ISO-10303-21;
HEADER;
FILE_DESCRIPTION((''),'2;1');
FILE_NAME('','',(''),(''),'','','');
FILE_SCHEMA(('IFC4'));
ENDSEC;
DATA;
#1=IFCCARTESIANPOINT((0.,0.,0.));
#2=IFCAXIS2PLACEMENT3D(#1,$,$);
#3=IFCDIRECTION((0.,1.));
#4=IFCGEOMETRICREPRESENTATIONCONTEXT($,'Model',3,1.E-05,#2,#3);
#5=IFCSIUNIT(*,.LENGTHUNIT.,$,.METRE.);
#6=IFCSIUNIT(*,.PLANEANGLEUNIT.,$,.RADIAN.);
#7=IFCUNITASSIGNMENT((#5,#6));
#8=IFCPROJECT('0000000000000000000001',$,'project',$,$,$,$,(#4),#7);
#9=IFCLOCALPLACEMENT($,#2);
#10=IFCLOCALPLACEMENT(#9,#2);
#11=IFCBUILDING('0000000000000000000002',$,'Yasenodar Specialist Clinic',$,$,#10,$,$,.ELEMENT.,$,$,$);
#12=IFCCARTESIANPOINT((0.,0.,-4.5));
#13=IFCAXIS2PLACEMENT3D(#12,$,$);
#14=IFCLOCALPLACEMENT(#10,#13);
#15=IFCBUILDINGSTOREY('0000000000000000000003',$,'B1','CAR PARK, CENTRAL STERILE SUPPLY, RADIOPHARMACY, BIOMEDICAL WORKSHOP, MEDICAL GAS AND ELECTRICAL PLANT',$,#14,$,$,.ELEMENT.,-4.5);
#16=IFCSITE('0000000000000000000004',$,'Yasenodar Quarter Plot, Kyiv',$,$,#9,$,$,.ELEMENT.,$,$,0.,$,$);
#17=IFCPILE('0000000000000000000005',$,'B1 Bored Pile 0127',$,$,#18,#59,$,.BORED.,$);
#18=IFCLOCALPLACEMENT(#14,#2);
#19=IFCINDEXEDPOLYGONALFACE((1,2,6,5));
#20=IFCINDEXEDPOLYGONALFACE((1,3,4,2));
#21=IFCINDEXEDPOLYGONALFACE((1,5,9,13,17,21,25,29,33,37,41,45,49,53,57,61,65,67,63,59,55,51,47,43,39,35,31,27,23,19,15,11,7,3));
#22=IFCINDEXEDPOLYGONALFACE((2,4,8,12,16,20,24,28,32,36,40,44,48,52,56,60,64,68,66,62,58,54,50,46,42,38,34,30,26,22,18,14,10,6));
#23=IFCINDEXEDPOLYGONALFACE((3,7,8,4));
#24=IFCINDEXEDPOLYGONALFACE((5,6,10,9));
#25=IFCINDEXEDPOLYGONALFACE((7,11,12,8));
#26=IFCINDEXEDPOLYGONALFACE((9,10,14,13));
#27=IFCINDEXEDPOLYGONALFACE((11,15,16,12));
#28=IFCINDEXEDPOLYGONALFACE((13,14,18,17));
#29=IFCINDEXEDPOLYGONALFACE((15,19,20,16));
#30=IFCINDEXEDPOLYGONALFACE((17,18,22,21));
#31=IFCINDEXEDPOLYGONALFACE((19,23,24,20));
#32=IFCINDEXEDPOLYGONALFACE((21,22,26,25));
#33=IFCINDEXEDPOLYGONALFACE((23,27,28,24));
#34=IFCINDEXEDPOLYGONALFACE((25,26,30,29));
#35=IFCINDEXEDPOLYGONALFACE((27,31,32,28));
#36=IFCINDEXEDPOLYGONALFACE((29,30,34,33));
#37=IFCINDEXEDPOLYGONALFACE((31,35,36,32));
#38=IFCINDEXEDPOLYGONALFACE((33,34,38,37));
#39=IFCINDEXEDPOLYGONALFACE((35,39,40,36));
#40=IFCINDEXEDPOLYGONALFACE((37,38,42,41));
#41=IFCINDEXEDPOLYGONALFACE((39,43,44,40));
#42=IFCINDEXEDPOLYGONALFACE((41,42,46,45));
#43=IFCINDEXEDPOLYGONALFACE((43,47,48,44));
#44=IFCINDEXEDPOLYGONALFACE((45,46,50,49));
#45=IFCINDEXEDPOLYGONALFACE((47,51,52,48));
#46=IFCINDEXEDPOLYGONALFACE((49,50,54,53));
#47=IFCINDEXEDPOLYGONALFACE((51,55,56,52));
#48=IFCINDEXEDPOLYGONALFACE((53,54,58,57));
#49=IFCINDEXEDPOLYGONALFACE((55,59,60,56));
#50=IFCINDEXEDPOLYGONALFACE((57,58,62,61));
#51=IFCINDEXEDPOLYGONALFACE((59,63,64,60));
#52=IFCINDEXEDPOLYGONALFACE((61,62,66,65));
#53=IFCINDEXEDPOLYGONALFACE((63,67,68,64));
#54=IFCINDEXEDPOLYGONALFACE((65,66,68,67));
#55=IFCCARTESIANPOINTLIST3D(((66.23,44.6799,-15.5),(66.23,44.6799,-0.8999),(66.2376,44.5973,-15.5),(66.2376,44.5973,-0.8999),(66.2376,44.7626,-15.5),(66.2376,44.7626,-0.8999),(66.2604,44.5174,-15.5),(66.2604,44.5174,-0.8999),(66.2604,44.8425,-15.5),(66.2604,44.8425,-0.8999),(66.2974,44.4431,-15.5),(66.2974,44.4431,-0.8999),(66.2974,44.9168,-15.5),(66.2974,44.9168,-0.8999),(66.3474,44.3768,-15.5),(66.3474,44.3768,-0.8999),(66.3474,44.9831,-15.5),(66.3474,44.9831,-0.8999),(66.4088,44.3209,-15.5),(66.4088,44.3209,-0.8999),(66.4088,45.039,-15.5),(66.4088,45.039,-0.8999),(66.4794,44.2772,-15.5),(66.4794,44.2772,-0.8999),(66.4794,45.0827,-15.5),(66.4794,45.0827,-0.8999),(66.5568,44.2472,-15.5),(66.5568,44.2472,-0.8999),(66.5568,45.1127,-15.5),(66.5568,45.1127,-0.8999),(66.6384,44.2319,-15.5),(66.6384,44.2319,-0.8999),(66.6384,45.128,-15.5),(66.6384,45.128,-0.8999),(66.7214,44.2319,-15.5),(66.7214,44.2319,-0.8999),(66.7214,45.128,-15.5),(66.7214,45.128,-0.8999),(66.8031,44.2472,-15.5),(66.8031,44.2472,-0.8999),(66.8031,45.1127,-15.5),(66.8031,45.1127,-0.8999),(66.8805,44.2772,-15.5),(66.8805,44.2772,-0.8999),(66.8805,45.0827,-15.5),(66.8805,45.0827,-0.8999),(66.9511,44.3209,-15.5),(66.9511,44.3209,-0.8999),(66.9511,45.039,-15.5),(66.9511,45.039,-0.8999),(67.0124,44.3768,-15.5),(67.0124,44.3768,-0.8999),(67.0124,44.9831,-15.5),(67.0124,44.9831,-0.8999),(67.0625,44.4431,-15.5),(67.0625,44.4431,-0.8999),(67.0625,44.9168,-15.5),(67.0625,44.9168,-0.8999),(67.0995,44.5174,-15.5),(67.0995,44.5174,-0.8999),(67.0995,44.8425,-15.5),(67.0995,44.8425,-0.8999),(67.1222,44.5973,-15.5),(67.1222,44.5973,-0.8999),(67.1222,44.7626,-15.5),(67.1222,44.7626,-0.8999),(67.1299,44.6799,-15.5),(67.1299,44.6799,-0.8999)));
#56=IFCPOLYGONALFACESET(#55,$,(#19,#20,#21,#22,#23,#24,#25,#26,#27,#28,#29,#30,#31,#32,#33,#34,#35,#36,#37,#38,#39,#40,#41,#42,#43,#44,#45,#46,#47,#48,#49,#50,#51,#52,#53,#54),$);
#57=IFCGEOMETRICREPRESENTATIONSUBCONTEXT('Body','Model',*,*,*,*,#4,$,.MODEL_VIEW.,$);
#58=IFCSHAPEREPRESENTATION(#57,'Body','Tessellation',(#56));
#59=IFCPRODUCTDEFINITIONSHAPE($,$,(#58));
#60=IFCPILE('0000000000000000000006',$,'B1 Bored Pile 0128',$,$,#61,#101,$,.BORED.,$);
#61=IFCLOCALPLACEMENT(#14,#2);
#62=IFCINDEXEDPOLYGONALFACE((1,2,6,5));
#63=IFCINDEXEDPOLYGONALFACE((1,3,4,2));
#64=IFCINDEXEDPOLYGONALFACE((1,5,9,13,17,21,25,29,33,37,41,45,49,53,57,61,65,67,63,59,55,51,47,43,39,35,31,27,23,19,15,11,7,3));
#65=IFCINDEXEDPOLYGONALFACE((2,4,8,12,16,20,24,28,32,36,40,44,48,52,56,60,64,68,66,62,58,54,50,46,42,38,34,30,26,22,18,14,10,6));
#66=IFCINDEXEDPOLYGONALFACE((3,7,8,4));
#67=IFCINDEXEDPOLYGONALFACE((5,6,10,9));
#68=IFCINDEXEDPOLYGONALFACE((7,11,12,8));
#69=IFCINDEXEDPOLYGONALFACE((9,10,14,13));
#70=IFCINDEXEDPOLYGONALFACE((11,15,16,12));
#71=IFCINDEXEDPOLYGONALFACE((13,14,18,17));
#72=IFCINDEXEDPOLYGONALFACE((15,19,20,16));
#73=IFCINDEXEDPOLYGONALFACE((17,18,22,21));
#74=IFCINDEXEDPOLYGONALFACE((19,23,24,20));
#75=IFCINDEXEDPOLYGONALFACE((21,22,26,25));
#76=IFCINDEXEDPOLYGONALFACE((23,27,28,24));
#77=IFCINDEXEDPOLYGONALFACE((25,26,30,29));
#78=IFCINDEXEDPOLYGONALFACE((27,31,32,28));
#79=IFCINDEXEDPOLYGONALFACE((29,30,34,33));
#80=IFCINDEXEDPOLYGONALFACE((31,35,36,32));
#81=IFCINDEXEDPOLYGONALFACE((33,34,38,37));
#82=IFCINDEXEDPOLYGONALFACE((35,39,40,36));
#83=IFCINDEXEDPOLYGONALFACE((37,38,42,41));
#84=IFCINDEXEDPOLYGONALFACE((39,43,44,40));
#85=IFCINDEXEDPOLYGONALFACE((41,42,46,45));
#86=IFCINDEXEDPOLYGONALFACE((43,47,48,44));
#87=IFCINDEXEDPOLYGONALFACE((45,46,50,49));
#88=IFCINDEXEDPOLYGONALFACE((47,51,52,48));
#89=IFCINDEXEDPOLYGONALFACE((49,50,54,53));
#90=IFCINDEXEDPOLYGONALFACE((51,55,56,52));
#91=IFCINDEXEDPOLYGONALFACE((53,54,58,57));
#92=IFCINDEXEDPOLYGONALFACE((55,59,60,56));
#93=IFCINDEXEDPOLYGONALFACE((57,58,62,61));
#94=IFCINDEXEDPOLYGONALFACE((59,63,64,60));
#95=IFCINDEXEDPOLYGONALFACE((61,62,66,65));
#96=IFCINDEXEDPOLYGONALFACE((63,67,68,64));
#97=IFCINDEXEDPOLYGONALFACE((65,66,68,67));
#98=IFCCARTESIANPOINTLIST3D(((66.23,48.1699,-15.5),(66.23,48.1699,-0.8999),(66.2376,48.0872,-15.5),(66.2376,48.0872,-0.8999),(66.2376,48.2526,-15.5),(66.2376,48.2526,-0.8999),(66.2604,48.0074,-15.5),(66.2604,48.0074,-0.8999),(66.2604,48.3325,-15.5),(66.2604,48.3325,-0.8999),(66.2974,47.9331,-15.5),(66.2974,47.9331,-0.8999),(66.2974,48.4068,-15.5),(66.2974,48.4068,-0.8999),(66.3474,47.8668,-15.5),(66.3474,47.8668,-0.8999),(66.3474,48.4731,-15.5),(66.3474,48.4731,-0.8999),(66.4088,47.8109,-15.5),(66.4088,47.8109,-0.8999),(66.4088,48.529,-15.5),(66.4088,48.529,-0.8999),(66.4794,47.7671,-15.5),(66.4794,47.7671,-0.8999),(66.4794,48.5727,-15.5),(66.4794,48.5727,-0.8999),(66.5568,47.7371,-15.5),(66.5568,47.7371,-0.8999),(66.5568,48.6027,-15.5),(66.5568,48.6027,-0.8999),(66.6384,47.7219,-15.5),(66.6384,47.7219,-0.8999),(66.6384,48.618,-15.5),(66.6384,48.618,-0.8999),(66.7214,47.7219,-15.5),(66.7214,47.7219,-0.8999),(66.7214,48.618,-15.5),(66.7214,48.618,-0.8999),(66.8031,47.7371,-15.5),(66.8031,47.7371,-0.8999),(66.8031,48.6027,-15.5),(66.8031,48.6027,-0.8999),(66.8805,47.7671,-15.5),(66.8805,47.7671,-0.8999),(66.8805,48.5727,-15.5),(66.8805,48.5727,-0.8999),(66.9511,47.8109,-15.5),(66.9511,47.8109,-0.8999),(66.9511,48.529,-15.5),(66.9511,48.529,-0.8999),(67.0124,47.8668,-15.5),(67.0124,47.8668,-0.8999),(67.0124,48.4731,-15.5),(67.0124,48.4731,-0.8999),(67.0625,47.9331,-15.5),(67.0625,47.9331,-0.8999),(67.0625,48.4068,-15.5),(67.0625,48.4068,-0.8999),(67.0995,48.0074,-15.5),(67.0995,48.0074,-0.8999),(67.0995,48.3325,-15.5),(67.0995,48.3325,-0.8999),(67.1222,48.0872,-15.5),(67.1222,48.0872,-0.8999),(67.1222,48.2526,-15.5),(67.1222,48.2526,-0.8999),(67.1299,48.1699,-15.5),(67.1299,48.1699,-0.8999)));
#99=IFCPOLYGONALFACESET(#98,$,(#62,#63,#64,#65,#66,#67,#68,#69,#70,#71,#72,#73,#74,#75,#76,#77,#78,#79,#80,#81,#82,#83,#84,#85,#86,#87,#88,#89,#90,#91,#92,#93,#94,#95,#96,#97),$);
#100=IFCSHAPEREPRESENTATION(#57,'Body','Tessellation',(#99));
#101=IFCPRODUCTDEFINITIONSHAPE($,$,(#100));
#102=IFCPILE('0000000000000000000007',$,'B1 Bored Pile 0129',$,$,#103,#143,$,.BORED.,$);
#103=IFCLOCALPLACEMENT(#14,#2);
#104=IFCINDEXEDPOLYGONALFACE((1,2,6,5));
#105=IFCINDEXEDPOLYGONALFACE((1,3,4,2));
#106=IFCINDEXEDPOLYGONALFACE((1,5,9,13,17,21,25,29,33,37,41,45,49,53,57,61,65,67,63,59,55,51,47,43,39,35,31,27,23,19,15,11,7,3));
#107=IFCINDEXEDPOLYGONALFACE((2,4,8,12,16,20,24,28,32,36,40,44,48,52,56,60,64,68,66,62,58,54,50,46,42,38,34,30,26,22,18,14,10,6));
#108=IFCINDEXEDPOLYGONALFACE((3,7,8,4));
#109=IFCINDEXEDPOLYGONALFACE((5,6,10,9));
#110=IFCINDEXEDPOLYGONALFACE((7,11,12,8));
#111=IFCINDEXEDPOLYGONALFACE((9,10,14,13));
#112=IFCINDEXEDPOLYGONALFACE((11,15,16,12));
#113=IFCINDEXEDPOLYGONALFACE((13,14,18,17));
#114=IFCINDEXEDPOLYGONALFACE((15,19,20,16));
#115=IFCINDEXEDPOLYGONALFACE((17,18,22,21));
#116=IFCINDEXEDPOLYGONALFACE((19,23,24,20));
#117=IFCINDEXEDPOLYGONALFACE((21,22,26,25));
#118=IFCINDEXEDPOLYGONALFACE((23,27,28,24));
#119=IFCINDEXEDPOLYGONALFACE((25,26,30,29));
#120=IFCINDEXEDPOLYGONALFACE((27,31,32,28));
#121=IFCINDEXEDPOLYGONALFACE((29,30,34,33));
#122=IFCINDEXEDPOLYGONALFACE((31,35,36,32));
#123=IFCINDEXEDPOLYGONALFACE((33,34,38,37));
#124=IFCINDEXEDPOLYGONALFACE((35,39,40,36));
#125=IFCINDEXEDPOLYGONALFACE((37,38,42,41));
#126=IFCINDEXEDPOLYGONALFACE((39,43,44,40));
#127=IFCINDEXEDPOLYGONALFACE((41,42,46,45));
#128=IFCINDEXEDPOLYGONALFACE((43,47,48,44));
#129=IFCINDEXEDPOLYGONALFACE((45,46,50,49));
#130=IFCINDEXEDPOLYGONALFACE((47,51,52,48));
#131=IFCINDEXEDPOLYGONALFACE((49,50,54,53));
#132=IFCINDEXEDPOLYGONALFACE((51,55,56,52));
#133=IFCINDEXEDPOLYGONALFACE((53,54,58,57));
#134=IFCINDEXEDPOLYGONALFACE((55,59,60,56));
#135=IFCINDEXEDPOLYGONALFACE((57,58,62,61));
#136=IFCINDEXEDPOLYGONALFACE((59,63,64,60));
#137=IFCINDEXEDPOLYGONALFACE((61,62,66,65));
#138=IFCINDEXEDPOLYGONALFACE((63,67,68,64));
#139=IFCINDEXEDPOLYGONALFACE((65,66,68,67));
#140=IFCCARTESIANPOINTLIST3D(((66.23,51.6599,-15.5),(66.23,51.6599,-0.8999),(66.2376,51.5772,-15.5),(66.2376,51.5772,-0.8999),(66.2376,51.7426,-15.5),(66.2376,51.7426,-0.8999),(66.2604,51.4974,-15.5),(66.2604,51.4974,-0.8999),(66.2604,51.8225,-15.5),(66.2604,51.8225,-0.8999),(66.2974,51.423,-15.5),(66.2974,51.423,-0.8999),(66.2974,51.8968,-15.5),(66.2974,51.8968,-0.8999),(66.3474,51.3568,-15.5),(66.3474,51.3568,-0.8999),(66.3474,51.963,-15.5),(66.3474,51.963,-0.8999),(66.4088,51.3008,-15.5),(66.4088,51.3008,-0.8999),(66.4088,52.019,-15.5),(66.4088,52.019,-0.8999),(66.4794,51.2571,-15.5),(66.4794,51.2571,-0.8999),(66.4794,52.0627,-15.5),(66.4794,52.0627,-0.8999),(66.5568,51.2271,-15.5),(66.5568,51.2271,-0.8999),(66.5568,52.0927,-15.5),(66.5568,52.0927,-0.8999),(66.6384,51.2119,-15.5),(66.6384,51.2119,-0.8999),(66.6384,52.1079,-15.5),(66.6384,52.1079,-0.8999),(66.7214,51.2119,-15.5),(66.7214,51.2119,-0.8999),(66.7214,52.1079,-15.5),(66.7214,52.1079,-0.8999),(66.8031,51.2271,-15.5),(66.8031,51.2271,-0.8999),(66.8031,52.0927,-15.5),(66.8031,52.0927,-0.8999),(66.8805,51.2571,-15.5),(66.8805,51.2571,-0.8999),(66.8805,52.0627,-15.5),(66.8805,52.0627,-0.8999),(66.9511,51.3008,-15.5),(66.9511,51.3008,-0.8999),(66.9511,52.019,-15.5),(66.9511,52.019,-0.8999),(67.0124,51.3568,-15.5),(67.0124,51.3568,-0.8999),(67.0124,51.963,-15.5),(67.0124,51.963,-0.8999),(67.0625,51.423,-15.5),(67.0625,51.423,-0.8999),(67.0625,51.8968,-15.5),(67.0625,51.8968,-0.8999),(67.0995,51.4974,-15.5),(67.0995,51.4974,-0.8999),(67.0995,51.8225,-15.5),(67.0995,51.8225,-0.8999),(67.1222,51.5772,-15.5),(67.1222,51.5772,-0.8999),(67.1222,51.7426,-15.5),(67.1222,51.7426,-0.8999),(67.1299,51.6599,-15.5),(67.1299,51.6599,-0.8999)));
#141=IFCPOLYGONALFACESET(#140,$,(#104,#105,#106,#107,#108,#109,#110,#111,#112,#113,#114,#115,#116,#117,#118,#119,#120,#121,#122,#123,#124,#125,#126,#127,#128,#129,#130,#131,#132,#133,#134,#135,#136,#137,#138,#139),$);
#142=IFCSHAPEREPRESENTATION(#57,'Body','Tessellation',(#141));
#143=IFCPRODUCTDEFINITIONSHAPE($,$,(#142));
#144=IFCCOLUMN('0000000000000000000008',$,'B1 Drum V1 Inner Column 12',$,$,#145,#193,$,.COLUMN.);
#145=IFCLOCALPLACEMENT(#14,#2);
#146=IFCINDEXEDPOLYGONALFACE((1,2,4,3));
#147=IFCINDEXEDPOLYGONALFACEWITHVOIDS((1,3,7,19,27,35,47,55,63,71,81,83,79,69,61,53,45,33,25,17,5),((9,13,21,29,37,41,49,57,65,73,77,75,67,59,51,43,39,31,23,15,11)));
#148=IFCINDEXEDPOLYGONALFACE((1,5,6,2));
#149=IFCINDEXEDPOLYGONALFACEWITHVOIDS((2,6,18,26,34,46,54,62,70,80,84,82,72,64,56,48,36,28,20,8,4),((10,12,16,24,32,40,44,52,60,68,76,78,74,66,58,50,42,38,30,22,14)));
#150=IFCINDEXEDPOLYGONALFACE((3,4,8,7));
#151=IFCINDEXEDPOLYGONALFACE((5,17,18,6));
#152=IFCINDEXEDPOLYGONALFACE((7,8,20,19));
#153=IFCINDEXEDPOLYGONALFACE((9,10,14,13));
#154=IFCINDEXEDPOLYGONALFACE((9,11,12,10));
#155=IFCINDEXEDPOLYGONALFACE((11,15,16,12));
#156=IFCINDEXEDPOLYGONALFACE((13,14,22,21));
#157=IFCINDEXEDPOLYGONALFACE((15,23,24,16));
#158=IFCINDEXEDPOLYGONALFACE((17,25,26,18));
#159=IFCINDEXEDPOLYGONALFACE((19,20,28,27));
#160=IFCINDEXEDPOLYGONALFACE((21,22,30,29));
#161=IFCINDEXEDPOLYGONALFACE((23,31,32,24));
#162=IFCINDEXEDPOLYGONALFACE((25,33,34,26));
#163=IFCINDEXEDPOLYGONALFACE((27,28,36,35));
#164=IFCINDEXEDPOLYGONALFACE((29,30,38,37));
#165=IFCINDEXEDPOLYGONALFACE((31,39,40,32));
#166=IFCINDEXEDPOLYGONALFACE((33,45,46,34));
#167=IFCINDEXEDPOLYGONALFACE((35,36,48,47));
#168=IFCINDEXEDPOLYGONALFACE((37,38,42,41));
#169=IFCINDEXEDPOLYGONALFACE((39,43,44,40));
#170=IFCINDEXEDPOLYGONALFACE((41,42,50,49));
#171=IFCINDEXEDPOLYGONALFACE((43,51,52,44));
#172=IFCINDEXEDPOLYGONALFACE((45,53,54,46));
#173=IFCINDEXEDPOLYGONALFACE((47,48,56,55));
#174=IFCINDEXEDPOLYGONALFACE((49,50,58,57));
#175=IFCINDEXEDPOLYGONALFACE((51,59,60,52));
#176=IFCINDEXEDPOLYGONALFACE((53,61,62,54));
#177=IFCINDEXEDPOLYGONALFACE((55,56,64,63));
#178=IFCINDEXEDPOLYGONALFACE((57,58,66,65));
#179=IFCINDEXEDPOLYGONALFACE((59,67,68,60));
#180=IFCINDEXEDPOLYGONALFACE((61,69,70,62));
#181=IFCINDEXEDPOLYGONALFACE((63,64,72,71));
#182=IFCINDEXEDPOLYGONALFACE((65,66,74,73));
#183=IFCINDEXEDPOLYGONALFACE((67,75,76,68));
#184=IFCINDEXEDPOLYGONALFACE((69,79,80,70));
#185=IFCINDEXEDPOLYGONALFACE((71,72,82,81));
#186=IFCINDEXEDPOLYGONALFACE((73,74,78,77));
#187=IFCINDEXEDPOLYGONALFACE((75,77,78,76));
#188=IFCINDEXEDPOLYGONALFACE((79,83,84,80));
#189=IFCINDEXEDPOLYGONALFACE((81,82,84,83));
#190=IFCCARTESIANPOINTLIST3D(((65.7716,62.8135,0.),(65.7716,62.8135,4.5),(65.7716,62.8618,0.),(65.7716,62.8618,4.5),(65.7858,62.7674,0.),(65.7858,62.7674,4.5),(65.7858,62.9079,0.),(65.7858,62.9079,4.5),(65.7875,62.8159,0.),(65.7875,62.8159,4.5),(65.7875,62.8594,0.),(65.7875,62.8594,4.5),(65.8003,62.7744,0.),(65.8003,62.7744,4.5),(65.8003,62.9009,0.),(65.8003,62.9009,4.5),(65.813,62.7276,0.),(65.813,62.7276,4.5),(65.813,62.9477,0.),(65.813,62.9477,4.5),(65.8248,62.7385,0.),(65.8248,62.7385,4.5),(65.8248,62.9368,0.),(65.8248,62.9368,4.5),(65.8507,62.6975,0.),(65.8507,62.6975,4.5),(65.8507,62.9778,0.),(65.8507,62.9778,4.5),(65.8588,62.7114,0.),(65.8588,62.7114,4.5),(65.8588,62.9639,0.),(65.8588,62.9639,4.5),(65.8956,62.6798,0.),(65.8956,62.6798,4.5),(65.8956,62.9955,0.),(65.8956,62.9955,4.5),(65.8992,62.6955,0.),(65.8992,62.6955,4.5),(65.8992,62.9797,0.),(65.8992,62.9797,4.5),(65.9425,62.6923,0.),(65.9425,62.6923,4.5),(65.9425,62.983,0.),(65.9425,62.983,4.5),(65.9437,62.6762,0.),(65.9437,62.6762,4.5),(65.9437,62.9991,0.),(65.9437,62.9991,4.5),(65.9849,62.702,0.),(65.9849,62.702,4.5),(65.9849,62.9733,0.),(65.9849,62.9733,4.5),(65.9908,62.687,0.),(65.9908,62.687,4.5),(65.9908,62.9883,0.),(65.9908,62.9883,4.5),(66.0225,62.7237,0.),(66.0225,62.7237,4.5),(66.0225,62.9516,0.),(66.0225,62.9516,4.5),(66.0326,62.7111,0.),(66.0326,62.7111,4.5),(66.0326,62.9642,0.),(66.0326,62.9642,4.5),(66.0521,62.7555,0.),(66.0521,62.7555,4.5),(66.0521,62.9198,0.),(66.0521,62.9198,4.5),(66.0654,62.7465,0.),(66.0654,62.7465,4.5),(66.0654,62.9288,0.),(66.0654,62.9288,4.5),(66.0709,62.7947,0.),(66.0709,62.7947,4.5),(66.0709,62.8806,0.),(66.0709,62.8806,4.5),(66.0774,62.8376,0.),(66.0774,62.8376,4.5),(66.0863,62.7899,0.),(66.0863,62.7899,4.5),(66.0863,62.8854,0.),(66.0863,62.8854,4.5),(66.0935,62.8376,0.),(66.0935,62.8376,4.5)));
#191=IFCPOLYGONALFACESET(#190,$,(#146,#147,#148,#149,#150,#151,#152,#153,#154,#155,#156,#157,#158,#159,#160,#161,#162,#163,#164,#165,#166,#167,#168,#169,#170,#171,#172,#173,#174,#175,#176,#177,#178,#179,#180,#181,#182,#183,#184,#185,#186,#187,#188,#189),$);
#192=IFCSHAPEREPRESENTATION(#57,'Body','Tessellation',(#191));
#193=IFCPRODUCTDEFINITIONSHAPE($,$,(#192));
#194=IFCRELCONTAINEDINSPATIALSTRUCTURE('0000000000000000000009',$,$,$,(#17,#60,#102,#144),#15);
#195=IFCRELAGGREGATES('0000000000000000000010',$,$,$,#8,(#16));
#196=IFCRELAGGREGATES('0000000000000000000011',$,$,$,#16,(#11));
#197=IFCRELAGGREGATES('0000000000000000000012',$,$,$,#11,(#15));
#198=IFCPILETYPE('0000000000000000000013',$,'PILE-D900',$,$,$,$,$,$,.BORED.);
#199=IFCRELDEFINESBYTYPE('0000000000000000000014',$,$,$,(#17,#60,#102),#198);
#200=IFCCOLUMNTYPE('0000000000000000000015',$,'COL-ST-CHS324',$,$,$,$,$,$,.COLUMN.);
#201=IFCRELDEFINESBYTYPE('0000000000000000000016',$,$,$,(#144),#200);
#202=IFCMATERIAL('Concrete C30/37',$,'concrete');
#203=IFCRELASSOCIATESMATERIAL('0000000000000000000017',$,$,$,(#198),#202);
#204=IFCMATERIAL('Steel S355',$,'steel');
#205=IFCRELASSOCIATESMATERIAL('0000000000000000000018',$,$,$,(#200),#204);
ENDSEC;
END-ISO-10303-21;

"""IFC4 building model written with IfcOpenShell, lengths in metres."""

from ifc_helpers import new_model, si_unit, direction, frame, origin, origin_2d, place, context, subcontext, project, spatial, circle, hollow_circle, extrude, material, material_profile, profile_set, type_object, element, save


model = new_model("IFC4")

# Units and contexts
model_context = context("Model", 3, precision=1e-05, world=origin(), true_north=direction((0.0, 1.0)))
body_context = subcontext(model_context, "Body", "Model", "MODEL_VIEW")
ifc_project = project(units=[si_unit("LENGTHUNIT", "METRE"), si_unit("PLANEANGLEUNIT", "RADIAN")], contexts=[model_context])

# Site, building, storey
site_placement = place(None, origin())
site = spatial("IfcSite", under=ifc_project, at=site_placement, Name="Yasenodar Quarter Plot, Kyiv", CompositionType="ELEMENT", RefElevation=0.0)
building_placement = place(site_placement, origin())
building = spatial("IfcBuilding", under=site, at=building_placement, Name="Yasenodar Specialist Clinic", CompositionType="ELEMENT")
storey_placement = place(building_placement, frame((0.0, 0.0, -4.5)))
storey = spatial("IfcBuildingStorey", under=building, at=storey_placement, Name="B1", Description="CAR PARK, CENTRAL STERILE SUPPLY, RADIOPHARMACY, BIOMEDICAL WORKSHOP, MEDICAL GAS AND ELECTRICAL PLANT", CompositionType="ELEMENT", Elevation=-4.5)

# Piles
ifc_material_1 = material(Name="Concrete C30/37", Category="concrete")
ifc_material_profile_1 = material_profile(ifc_material_1, circle(Radius=0.45, at=origin_2d()), Name="PILE D900")
ifc_profile_set_1 = profile_set([ifc_material_profile_1], Name="Concrete C30/37")
pile_type_1 = type_object("IfcPileType", Name="PILE-D900", PredefinedType="BORED", material=ifc_profile_set_1)
for number, where, z_axis, x_axis, name in (
    (1, (66.6799, 44.6799, -0.8999), (0.0, 0.0, -1.0), (1.0, 0.0, 0.0), "B1 Bored Pile 0127"),
    (2, (66.6799, 48.1699, -0.8999), (0.0, 0.0, -1.0), (1.0, 0.0, 0.0), "B1 Bored Pile 0128"),
    (3, (66.6799, 51.6599, -0.8999), (0.0, 0.0, -1.0), (1.0, 0.0, 0.0), "B1 Bored Pile 0129"),
):
    element("IfcPile", number, at=place(storey_placement, frame(where, z_axis=z_axis, x_axis=x_axis)), inside=storey, type_object=pile_type_1, Name=name, PredefinedType="BORED", context=body_context, shape_type="SweptSolid", body=[
        extrude(circle(Radius=0.45, at=origin_2d()), origin(), (0.0, 0.0, 1.0), 14.6001),
    ])

# Column
ifc_material_2 = material(Name="Steel S355", Category="steel")
ifc_material_profile_2 = material_profile(ifc_material_2, hollow_circle(Radius=0.1619, WallThickness=0.0161, at=origin_2d()), Name="CHS 323.9x16")
ifc_profile_set_2 = profile_set([ifc_material_profile_2], Name="Steel S355")
column_type = type_object("IfcColumnType", Name="COL-ST-CHS324", PredefinedType="COLUMN", material=ifc_profile_set_2)
for number, where, z_axis, x_axis, name in (
    (4, (65.9316, 62.8376, 0.0), (0.0, 0.0, 1.0), (1.0, 0.0, 0.0), "B1 Drum V1 Inner Column 12"),
):
    element("IfcColumn", number, at=place(storey_placement, frame(where, z_axis=z_axis, x_axis=x_axis)), inside=storey, type_object=column_type, Name=name, PredefinedType="COLUMN", context=body_context, shape_type="SweptSolid", body=[
        extrude(hollow_circle(Radius=0.1619, WallThickness=0.0161, at=origin_2d()), origin(), (0.0, 0.0, 1.0), 4.5),
    ])

save(model, "model.ifc")
